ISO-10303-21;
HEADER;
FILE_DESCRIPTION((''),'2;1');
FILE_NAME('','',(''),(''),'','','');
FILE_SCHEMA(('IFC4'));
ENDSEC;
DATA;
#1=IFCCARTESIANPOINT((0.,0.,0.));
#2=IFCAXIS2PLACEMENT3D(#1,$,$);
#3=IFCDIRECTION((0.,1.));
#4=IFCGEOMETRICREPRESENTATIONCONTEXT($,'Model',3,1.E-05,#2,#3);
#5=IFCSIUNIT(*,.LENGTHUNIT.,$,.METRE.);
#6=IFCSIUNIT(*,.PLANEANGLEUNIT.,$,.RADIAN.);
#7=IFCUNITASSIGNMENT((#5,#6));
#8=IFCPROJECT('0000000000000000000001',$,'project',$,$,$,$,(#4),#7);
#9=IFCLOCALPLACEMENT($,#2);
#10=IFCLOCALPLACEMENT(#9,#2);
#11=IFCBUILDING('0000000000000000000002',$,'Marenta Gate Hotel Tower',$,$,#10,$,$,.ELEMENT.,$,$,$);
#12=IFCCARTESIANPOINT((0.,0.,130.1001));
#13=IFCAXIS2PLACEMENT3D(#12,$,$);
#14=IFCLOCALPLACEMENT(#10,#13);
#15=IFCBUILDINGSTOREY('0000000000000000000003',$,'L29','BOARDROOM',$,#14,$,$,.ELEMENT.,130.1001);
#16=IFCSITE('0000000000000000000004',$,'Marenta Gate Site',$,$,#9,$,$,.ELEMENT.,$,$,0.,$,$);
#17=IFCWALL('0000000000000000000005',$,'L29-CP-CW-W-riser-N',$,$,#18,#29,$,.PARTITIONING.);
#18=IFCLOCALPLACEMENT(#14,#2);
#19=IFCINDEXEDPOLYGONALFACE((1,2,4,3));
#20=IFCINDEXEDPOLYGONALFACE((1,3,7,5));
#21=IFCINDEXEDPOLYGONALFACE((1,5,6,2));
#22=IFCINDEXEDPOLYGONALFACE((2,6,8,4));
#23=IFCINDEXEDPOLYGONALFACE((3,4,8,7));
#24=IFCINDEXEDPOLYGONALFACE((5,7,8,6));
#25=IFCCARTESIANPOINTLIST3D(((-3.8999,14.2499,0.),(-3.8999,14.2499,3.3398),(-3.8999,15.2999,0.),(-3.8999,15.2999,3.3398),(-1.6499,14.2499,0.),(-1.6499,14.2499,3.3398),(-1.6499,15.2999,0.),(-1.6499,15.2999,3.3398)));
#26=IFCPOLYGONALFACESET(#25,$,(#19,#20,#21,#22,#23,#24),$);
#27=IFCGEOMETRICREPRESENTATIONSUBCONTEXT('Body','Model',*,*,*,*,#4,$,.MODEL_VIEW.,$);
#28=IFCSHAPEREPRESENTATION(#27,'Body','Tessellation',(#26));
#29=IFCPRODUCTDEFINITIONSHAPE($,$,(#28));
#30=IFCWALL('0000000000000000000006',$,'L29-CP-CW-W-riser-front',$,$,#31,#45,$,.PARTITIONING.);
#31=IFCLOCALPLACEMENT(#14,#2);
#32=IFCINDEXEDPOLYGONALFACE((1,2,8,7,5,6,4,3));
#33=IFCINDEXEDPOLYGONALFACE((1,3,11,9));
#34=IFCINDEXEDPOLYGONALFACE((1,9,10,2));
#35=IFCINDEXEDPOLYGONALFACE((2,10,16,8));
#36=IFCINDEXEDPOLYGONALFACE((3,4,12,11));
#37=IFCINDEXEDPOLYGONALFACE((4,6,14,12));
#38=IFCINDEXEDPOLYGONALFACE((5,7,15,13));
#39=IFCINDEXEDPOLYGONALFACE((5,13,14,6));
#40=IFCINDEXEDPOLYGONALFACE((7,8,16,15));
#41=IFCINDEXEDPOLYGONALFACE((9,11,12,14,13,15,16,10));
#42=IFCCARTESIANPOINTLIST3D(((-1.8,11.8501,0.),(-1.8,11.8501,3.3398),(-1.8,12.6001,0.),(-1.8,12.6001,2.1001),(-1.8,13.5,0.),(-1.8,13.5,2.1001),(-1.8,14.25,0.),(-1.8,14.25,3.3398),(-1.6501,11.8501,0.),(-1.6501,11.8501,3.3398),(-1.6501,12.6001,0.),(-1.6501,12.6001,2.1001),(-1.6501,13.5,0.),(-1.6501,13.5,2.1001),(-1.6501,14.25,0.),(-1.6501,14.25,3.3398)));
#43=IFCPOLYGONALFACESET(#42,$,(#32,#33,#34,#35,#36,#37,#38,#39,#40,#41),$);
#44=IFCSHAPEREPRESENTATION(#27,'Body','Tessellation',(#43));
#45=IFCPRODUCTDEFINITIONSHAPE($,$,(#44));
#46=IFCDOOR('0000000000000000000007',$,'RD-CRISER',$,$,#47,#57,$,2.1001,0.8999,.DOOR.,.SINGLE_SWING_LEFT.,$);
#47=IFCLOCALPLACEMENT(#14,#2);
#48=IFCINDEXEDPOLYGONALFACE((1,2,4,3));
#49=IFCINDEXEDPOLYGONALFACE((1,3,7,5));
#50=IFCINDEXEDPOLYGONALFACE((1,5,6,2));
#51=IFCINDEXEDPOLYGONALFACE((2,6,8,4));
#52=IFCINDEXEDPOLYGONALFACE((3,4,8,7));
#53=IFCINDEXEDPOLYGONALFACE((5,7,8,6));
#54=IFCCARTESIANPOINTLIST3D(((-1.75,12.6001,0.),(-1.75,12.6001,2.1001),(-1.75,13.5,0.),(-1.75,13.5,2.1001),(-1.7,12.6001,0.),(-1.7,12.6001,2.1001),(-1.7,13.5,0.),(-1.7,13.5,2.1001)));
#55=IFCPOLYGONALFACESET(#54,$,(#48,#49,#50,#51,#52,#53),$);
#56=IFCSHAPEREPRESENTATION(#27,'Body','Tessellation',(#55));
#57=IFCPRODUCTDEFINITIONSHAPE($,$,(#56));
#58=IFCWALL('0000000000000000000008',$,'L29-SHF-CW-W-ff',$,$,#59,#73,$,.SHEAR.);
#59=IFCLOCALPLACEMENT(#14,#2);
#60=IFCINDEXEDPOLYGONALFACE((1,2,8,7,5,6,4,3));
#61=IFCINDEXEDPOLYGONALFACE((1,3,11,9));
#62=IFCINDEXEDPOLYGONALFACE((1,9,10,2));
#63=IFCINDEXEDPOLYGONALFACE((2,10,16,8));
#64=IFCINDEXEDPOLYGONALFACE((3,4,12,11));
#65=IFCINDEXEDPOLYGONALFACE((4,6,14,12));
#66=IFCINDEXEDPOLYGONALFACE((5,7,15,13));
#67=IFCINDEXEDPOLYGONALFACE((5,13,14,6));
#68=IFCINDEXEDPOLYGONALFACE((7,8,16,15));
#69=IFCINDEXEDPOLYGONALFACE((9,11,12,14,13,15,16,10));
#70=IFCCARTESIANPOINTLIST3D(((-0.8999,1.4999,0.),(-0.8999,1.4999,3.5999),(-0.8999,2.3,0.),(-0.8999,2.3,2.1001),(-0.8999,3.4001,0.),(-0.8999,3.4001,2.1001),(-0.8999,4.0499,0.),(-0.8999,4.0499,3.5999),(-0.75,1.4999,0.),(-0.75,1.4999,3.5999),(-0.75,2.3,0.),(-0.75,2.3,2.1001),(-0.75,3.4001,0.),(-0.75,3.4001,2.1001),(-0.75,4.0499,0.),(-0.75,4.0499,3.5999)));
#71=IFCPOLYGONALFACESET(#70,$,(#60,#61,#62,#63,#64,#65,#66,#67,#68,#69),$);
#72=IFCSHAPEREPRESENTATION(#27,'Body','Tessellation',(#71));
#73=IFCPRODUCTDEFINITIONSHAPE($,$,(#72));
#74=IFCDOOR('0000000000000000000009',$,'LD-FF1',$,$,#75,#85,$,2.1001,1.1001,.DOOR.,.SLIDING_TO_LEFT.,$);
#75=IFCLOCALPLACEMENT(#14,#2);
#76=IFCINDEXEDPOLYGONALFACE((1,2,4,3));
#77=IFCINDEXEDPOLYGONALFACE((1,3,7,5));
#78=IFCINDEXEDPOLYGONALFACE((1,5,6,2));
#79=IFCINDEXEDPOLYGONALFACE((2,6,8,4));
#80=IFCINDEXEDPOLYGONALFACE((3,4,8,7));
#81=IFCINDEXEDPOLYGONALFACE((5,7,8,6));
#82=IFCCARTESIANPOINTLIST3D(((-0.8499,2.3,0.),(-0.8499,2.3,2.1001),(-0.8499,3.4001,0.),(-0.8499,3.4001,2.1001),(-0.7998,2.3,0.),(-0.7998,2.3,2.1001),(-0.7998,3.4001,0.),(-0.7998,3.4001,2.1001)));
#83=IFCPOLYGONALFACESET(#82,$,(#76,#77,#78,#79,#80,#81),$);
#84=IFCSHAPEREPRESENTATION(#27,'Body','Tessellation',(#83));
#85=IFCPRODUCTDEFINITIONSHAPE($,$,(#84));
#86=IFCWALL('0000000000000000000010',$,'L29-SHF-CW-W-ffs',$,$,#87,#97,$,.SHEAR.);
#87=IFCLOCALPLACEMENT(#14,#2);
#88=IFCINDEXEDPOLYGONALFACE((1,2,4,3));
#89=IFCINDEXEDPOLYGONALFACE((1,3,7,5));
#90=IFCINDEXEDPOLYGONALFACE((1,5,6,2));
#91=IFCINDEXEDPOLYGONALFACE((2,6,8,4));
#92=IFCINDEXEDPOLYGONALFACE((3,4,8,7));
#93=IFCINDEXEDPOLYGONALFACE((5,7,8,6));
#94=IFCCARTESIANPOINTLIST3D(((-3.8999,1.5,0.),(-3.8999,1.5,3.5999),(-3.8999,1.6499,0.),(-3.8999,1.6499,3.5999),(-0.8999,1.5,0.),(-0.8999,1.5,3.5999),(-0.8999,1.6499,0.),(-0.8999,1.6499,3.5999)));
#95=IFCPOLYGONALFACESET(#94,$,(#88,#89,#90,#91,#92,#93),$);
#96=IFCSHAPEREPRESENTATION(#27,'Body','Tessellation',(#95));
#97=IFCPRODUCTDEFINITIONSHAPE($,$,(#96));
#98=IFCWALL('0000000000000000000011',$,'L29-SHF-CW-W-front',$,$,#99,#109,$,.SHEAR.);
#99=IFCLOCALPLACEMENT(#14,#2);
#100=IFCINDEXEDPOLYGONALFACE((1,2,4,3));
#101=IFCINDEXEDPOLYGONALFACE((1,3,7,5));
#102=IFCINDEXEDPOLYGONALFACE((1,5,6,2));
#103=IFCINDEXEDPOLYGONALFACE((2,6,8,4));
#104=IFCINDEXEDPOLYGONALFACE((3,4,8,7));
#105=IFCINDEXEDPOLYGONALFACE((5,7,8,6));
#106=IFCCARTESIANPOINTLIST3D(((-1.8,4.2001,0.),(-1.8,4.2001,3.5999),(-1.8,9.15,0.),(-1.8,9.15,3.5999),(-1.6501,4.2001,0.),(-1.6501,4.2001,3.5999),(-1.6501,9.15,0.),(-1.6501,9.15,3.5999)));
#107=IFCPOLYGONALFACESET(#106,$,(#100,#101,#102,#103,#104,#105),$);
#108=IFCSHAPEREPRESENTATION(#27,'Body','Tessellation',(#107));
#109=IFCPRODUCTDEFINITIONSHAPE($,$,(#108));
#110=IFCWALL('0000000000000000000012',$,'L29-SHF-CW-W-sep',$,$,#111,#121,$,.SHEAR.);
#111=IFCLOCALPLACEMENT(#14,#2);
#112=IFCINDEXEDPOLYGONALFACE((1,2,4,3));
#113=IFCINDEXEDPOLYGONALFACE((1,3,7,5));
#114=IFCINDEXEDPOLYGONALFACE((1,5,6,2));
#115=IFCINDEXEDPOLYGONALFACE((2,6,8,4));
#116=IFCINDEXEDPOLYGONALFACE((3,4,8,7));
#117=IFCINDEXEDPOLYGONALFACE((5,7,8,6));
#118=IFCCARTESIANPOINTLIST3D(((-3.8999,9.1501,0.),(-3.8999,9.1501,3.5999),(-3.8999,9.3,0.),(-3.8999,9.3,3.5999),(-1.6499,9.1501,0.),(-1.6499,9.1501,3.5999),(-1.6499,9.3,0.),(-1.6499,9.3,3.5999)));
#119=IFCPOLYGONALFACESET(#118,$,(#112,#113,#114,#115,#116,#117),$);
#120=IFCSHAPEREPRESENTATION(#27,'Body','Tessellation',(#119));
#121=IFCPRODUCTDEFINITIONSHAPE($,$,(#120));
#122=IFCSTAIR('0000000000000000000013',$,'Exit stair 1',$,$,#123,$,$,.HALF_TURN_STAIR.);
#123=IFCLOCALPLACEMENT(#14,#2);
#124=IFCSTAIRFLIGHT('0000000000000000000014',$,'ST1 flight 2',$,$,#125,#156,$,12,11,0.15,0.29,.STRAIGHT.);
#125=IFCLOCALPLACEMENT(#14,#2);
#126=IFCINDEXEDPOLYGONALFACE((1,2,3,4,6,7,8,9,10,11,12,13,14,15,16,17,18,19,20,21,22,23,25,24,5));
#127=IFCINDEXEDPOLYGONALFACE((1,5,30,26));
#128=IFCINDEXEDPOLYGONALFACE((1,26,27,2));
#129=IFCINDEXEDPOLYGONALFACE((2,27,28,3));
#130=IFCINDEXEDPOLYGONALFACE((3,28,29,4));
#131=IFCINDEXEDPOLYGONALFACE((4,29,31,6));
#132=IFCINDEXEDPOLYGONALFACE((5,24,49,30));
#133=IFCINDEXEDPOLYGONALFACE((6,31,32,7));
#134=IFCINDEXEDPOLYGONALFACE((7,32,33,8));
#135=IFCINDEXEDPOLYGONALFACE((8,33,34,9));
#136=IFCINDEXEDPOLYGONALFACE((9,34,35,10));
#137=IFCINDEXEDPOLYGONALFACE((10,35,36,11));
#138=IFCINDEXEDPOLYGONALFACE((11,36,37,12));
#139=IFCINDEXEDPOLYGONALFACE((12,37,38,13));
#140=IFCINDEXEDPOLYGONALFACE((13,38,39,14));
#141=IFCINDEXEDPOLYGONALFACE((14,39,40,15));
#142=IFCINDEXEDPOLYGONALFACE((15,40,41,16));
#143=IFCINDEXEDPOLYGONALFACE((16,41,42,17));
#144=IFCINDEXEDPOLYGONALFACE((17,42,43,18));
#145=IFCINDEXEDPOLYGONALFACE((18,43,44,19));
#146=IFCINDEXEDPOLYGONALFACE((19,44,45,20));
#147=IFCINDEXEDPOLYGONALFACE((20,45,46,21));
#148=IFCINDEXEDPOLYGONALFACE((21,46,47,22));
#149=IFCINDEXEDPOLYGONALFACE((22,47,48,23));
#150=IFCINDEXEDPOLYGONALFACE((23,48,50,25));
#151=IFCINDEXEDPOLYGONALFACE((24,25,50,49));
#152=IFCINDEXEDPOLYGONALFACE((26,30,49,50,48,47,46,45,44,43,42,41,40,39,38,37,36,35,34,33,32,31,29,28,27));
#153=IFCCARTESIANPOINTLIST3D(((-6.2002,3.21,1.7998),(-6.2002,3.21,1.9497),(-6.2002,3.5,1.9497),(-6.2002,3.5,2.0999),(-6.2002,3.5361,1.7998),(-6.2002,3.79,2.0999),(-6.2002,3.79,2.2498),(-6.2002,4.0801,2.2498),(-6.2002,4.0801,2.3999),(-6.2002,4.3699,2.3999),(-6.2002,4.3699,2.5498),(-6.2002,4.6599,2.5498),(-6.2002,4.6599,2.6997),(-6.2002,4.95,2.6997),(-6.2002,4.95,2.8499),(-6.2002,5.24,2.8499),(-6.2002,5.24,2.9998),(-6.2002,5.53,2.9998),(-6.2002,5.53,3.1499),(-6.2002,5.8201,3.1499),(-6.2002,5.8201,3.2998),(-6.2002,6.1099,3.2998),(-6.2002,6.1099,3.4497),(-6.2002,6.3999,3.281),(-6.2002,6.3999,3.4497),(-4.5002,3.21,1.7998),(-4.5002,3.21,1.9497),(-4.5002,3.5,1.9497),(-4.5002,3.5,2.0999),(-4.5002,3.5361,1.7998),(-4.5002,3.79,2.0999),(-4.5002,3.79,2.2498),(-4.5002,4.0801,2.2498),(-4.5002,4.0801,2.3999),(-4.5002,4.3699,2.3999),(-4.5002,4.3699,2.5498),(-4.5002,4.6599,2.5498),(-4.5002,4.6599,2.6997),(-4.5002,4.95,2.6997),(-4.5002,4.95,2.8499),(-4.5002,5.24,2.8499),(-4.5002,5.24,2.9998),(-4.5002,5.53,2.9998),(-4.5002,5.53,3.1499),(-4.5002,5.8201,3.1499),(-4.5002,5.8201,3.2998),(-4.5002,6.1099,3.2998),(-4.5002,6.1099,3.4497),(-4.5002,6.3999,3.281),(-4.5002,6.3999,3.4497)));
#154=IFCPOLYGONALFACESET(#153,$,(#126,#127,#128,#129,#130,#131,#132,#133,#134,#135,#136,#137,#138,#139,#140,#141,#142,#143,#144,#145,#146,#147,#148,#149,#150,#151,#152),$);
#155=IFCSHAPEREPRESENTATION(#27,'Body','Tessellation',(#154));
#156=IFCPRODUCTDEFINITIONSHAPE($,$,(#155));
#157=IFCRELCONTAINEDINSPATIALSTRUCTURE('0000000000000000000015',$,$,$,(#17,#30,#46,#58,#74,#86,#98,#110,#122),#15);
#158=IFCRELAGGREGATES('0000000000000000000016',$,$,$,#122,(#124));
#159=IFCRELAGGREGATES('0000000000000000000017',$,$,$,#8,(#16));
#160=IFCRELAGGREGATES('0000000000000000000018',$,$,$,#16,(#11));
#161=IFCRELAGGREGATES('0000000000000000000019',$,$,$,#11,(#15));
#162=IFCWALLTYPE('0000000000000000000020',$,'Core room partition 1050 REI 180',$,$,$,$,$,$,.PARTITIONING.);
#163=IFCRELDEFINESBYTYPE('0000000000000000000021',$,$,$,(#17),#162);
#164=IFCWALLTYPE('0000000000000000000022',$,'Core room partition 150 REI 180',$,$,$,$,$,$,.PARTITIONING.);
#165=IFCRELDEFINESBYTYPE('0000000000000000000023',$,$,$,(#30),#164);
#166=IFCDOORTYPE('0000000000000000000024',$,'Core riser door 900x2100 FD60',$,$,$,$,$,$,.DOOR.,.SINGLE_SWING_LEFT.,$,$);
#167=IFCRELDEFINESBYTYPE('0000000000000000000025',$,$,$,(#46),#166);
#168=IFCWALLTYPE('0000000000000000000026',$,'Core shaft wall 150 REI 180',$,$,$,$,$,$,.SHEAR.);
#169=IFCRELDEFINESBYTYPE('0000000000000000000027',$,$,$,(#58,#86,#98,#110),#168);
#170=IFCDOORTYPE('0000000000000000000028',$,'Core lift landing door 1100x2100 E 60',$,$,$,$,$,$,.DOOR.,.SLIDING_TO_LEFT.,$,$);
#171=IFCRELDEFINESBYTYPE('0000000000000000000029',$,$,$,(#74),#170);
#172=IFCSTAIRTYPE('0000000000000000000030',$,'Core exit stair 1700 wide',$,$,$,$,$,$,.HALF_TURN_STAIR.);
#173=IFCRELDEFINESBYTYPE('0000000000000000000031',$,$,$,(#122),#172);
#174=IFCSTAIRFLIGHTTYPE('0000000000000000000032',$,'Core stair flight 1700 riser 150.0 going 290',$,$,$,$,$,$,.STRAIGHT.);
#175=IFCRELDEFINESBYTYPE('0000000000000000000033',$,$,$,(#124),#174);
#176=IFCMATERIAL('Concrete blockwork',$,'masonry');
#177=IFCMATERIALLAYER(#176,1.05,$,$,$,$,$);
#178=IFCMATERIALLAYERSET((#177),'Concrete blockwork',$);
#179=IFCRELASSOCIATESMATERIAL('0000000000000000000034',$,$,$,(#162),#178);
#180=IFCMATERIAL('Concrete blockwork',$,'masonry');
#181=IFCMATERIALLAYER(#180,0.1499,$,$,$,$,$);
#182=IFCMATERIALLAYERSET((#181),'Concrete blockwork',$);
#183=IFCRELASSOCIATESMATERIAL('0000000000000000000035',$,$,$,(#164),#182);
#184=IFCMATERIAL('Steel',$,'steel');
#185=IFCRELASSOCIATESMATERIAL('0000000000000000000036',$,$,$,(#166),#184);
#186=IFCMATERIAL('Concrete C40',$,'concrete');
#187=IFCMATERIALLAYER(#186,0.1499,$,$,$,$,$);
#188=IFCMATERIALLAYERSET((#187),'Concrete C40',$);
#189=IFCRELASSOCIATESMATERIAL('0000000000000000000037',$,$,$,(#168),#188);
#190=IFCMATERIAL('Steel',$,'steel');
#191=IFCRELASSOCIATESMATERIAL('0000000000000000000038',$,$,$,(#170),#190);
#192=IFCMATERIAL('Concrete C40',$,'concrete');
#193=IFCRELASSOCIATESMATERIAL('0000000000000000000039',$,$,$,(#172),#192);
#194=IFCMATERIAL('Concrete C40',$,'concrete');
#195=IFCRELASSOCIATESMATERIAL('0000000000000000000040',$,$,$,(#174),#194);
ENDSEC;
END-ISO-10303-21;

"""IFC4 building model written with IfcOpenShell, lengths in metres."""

from ifc_helpers import new_model, si_unit, direction, frame, frame_2d, origin, place, context, subcontext, project, spatial, polyline, rectangle, outline, extrude, material, layer, layer_set, type_object, element, fill, aggregate, save


model = new_model("IFC4")

# Units and contexts
model_context = context("Model", 3, precision=1e-05, world=origin(), true_north=direction((0.0, 1.0)))
body_context = subcontext(model_context, "Body", "Model", "MODEL_VIEW")
ifc_project = project(units=[si_unit("LENGTHUNIT", "METRE"), si_unit("PLANEANGLEUNIT", "RADIAN")], contexts=[model_context])

# Site, building, storey
site_placement = place(None, origin())
site = spatial("IfcSite", under=ifc_project, at=site_placement, Name="Marenta Gate Site", CompositionType="ELEMENT", RefElevation=0.0)
building_placement = place(site_placement, origin())
building = spatial("IfcBuilding", under=site, at=building_placement, Name="Marenta Gate Hotel Tower", CompositionType="ELEMENT")
storey_placement = place(building_placement, frame((0.0, 0.0, 130.1001)))
storey = spatial("IfcBuildingStorey", under=building, at=storey_placement, Name="L29", Description="BOARDROOM", CompositionType="ELEMENT", Elevation=130.1001)

# Wall
ifc_material_1 = material(Name="Concrete blockwork", Category="masonry")
ifc_layer_1 = layer(ifc_material_1, 1.05)
ifc_layer_set_1 = layer_set([ifc_layer_1], Name="Concrete blockwork")
wall_type_1 = type_object("IfcWallType", Name="Core room partition 1050 REI 180", PredefinedType="PARTITIONING", material=ifc_layer_set_1)
wall_1_placement = place(storey_placement, frame((-3.8999, 14.7749, 0.0), z_axis=(0.0, 0.0, 1.0), x_axis=(1.0, 0.0, 0.0)))
element("IfcWall", 1, at=wall_1_placement, inside=storey, type_object=wall_type_1, Name="L29-CP-CW-W-riser-N", PredefinedType="PARTITIONING", context=body_context, shape_type="SweptSolid", body=[
    extrude(rectangle(XDim=2.25, YDim=1.05, at=frame_2d((1.125, 0.0))), origin(), (0.0, 0.0, 1.0), 3.3398),
])

# Walls, openings, doors
ifc_material_2 = material(Name="Concrete blockwork", Category="masonry")
ifc_layer_2 = layer(ifc_material_2, 0.1499)
ifc_layer_set_2 = layer_set([ifc_layer_2], Name="Concrete blockwork")
wall_type_2 = type_object("IfcWallType", Name="Core room partition 150 REI 180", PredefinedType="PARTITIONING", material=ifc_layer_set_2)
wall_2_placement = place(storey_placement, frame((-1.7251, 11.8501, 0.0), z_axis=(0.0, 0.0, 1.0), x_axis=(0.0, 1.0, 0.0)))
wall_2 = element("IfcWall", 2, at=wall_2_placement, inside=storey, type_object=wall_type_2, Name="L29-CP-CW-W-riser-front", PredefinedType="PARTITIONING", context=body_context, shape_type="SweptSolid", body=[
    extrude(rectangle(XDim=2.3999, YDim=0.1499, at=frame_2d((1.2, 0.0))), origin(), (0.0, 0.0, 1.0), 3.3398),
])
opening_1_placement = place(wall_2_placement, frame((0.75, 0.0, 0.0)))
opening_1 = element("IfcOpeningElement", 3, at=opening_1_placement, cuts=wall_2, PredefinedType="OPENING", context=body_context, shape_type="SweptSolid", body=[
    extrude(rectangle(XDim=0.8999, YDim=2.1001, at=frame_2d((0.45, 1.05))), frame((0.0, 0.075, 0.0), z_axis=(0.0, -1.0, 0.0), x_axis=(1.0, 0.0, 0.0)), (0.0, 0.0, 1.0), 0.1499),
])
ifc_material_3 = material(Name="Steel", Category="steel")
door_type_1 = type_object("IfcDoorType", Name="Core riser door 900x2100 FD60", OperationType="SINGLE_SWING_LEFT", PredefinedType="DOOR", material=ifc_material_3)
door_1_placement = place(opening_1_placement, origin())
door_1 = element("IfcDoor", 4, at=door_1_placement, inside=storey, type_object=door_type_1, Name="RD-CRISER", OperationType="SINGLE_SWING_LEFT", OverallHeight=2.1001, OverallWidth=0.8999, PredefinedType="DOOR", context=body_context, shape_type="SweptSolid", body=[
    extrude(rectangle(XDim=0.8999, YDim=2.1001, at=frame_2d((0.45, 1.05))), frame((0.0, 0.0249, 0.0), z_axis=(0.0, -1.0, 0.0), x_axis=(1.0, 0.0, 0.0)), (0.0, 0.0, 1.0), 0.05),
])
fill(opening_1, door_1)
ifc_material_4 = material(Name="Concrete C40", Category="concrete")
ifc_layer_3 = layer(ifc_material_4, 0.1499)
ifc_layer_set_3 = layer_set([ifc_layer_3], Name="Concrete C40")
wall_type_3 = type_object("IfcWallType", Name="Core shaft wall 150 REI 180", PredefinedType="SHEAR", material=ifc_layer_set_3)
wall_3_placement = place(storey_placement, frame((-0.825, 1.5, 0.0), z_axis=(0.0, 0.0, 1.0), x_axis=(0.0, 1.0, 0.0)))
wall_3 = element("IfcWall", 5, at=wall_3_placement, inside=storey, type_object=wall_type_3, Name="L29-SHF-CW-W-ff", PredefinedType="SHEAR", context=body_context, shape_type="SweptSolid", body=[
    extrude(rectangle(XDim=2.55, YDim=0.1499, at=frame_2d((1.2749, 0.0))), origin(), (0.0, 0.0, 1.0), 3.5999),
])
opening_2_placement = place(wall_3_placement, frame((0.8, 0.0, 0.0)))
opening_2 = element("IfcOpeningElement", 6, at=opening_2_placement, cuts=wall_3, PredefinedType="OPENING", context=body_context, shape_type="SweptSolid", body=[
    extrude(rectangle(XDim=1.1001, YDim=2.1001, at=frame_2d((0.55, 1.05))), frame((0.0, 0.075, 0.0), z_axis=(0.0, -1.0, 0.0), x_axis=(1.0, 0.0, 0.0)), (0.0, 0.0, 1.0), 0.1499),
])
ifc_material_5 = material(Name="Steel", Category="steel")
door_type_2 = type_object("IfcDoorType", Name="Core lift landing door 1100x2100 E 60", OperationType="SLIDING_TO_LEFT", PredefinedType="DOOR", material=ifc_material_5)
door_2_placement = place(opening_2_placement, origin())
door_2 = element("IfcDoor", 7, at=door_2_placement, inside=storey, type_object=door_type_2, Name="LD-FF1", OperationType="SLIDING_TO_LEFT", OverallHeight=2.1001, OverallWidth=1.1001, PredefinedType="DOOR", context=body_context, shape_type="SweptSolid", body=[
    extrude(rectangle(XDim=1.1001, YDim=2.1001, at=frame_2d((0.55, 1.05))), frame((0.0, 0.0249, 0.0), z_axis=(0.0, -1.0, 0.0), x_axis=(1.0, 0.0, 0.0)), (0.0, 0.0, 1.0), 0.05),
])
fill(opening_2, door_2)

# Walls
wall_4_placement = place(storey_placement, frame((-3.8999, 1.575, 0.0), z_axis=(0.0, 0.0, 1.0), x_axis=(1.0, 0.0, 0.0)))
element("IfcWall", 8, at=wall_4_placement, inside=storey, type_object=wall_type_3, Name="L29-SHF-CW-W-ffs", PredefinedType="SHEAR", context=body_context, shape_type="SweptSolid", body=[
    extrude(rectangle(XDim=3.0, YDim=0.1499, at=frame_2d((1.5, 0.0))), origin(), (0.0, 0.0, 1.0), 3.5999),
])
wall_5_placement = place(storey_placement, frame((-1.7251, 4.2, 0.0), z_axis=(0.0, 0.0, 1.0), x_axis=(0.0, 1.0, 0.0)))
element("IfcWall", 9, at=wall_5_placement, inside=storey, type_object=wall_type_3, Name="L29-SHF-CW-W-front", PredefinedType="SHEAR", context=body_context, shape_type="SweptSolid", body=[
    extrude(rectangle(XDim=4.95, YDim=0.1499, at=frame_2d((2.4751, 0.0))), origin(), (0.0, 0.0, 1.0), 3.5999),
])
wall_6_placement = place(storey_placement, frame((-3.8999, 9.2251, 0.0), z_axis=(0.0, 0.0, 1.0), x_axis=(1.0, 0.0, 0.0)))
element("IfcWall", 10, at=wall_6_placement, inside=storey, type_object=wall_type_3, Name="L29-SHF-CW-W-sep", PredefinedType="SHEAR", context=body_context, shape_type="SweptSolid", body=[
    extrude(rectangle(XDim=2.25, YDim=0.1499, at=frame_2d((1.125, 0.0))), origin(), (0.0, 0.0, 1.0), 3.5999),
])

# Stair, stair flight
ifc_material_6 = material(Name="Concrete C40", Category="concrete")
stair_type = type_object("IfcStairType", Name="Core exit stair 1700 wide", PredefinedType="HALF_TURN_STAIR", material=ifc_material_6)
stair_1_placement = place(storey_placement, origin())
stair_1 = element("IfcStair", 11, at=stair_1_placement, inside=storey, type_object=stair_type, Name="Exit stair 1", PredefinedType="HALF_TURN_STAIR")
ifc_material_7 = material(Name="Concrete C40", Category="concrete")
stair_flight_type = type_object("IfcStairFlightType", Name="Core stair flight 1700 riser 150.0 going 290", PredefinedType="STRAIGHT", material=ifc_material_7)
stair_flight_1_placement = place(storey_placement, frame((-5.3501, 3.21, 1.7998), z_axis=(0.0, 0.0, 1.0), x_axis=(0.0, 1.0, 0.0)))
stair_flight_1 = element("IfcStairFlight", 12, at=stair_flight_1_placement, type_object=stair_flight_type, Name="ST1 flight 2", NumberOfRisers=12, NumberOfTreads=11, PredefinedType="STRAIGHT", RiserHeight=0.15, TreadLength=0.29, context=body_context, shape_type="SweptSolid", body=[
    extrude(outline(polyline([(0.0, 0.0), (0.0, 0.1499), (0.29, 0.1499), (0.29, 0.3), (0.5801, 0.3), (0.5801, 0.45), (0.8701, 0.45), (0.8701, 0.6001), (1.1599, 0.6001), (1.1599, 0.75), (1.45, 0.75), (1.45, 0.8999), (1.74, 0.8999), (1.74, 1.05), (2.03, 1.05), (2.03, 1.2), (2.3201, 1.2), (2.3201, 1.3501), (2.6101, 1.3501), (2.6101, 1.5), (2.8999, 1.5), (2.8999, 1.6499), (3.1899, 1.6499), (3.1899, 1.8), (3.1899, 1.4812), (0.3262, 0.0), (0.0, 0.0)])), frame((0.0, 0.8501, 0.0), z_axis=(0.0, -1.0, 0.0), x_axis=(1.0, 0.0, 0.0)), (0.0, 0.0, 1.0), 1.7),
])
aggregate(stair_1, [stair_flight_1])

save(model, "model.ifc")
